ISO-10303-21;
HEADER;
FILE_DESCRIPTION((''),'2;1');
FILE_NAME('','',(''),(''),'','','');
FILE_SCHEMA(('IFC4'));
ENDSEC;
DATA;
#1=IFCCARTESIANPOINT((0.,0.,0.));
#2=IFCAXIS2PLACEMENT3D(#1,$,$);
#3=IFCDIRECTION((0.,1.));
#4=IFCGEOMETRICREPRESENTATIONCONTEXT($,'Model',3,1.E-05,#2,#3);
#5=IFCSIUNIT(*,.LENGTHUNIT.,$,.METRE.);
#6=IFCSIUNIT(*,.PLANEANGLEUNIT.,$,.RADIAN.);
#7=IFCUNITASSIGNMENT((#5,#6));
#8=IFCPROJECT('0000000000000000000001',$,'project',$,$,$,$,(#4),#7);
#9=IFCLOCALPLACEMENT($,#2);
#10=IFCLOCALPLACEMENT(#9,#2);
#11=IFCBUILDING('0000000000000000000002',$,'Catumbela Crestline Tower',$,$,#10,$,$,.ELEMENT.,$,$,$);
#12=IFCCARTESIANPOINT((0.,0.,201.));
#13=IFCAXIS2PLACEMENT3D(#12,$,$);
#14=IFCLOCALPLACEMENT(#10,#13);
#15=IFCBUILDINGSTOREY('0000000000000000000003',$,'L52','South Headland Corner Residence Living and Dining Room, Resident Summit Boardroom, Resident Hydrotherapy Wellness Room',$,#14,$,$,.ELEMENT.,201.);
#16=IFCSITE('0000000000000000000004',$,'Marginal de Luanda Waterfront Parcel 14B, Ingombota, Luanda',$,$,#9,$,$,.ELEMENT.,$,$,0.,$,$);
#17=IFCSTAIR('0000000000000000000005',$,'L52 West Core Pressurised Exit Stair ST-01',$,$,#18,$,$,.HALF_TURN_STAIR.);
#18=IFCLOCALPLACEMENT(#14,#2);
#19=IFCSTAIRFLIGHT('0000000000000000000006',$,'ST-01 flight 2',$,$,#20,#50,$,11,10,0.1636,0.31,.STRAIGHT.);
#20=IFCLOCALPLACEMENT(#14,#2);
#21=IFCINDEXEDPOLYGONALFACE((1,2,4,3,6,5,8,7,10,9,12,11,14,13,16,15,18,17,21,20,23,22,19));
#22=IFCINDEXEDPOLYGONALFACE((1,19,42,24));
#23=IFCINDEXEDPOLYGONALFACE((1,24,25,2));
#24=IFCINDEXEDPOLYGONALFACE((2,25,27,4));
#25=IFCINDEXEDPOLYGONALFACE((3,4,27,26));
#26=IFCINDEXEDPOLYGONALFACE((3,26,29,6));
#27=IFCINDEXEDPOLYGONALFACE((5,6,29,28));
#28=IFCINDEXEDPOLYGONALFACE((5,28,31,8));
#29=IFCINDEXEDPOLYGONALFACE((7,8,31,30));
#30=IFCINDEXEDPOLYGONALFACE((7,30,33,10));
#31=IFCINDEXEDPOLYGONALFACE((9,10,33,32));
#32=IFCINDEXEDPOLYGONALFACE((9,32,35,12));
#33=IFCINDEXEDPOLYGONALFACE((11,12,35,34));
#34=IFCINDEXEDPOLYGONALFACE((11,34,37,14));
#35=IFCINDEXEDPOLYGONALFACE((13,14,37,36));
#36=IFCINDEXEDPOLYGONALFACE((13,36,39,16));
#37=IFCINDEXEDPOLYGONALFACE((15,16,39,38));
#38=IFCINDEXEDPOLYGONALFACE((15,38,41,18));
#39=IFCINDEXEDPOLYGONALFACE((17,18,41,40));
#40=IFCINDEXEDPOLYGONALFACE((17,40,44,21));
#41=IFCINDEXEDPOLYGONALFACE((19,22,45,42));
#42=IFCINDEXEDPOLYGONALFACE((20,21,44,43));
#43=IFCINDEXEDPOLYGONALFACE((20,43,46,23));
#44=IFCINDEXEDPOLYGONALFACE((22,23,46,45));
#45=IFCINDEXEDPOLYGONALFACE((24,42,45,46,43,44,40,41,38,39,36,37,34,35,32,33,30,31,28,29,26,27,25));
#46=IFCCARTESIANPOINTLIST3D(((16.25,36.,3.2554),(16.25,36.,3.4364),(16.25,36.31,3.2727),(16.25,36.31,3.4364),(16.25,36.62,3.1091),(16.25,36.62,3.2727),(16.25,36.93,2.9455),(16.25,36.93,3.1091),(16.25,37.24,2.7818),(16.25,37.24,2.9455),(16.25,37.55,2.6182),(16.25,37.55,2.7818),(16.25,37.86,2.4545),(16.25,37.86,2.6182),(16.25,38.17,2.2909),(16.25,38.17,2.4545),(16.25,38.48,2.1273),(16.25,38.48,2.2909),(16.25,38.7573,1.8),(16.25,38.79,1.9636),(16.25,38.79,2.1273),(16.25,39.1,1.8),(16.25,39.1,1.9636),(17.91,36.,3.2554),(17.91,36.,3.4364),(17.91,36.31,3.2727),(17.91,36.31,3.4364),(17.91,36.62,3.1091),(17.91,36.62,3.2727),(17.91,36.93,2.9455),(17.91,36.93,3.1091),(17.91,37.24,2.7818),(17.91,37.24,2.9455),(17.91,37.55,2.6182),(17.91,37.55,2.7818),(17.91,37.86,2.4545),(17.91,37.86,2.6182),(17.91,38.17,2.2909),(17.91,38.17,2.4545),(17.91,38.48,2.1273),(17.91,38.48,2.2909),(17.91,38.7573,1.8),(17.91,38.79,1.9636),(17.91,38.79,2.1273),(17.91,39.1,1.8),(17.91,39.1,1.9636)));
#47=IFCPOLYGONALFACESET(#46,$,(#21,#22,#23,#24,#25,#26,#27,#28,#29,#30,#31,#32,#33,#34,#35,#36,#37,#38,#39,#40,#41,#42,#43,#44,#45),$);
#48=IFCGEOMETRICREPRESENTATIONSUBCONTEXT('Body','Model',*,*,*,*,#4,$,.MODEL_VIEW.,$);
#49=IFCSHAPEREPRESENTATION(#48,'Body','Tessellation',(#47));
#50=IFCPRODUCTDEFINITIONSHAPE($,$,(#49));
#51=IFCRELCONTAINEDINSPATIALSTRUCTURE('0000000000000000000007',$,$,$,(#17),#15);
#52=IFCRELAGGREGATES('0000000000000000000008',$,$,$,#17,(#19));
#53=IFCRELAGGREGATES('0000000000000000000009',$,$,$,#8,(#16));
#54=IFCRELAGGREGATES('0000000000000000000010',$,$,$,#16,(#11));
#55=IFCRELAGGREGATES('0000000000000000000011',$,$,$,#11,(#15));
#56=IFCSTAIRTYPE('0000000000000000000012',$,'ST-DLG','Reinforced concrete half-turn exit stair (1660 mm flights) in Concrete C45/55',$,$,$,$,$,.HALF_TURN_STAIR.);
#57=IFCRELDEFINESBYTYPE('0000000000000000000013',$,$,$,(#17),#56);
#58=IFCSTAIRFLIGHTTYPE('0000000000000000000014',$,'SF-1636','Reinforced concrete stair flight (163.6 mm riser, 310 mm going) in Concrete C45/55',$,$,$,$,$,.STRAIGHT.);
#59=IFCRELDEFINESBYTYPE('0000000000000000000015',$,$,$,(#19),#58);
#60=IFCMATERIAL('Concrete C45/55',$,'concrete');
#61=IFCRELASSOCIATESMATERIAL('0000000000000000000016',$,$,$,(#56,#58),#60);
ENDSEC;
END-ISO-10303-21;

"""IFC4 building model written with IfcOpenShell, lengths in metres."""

from ifc_helpers import new_model, si_unit, direction, frame, origin, place, context, subcontext, project, spatial, polyline, outline, extrude, material, type_object, element, aggregate, save


model = new_model("IFC4")

# Units and contexts
model_context = context("Model", 3, precision=1e-05, world=origin(), true_north=direction((0.0, 1.0)))
body_context = subcontext(model_context, "Body", "Model", "MODEL_VIEW")
ifc_project = project(units=[si_unit("LENGTHUNIT", "METRE"), si_unit("PLANEANGLEUNIT", "RADIAN")], contexts=[model_context])

# Site, building, storey
site_placement = place(None, origin())
site = spatial("IfcSite", under=ifc_project, at=site_placement, Name="Marginal de Luanda Waterfront Parcel 14B, Ingombota, Luanda", CompositionType="ELEMENT", RefElevation=0.0)
building_placement = place(site_placement, origin())
building = spatial("IfcBuilding", under=site, at=building_placement, Name="Catumbela Crestline Tower", CompositionType="ELEMENT")
storey_placement = place(building_placement, frame((0.0, 0.0, 201.0)))
storey = spatial("IfcBuildingStorey", under=building, at=storey_placement, Name="L52", Description="South Headland Corner Residence Living and Dining Room, Resident Summit Boardroom, Resident Hydrotherapy Wellness Room", CompositionType="ELEMENT", Elevation=201.0)

# Stair, stair flight
ifc_material_1 = material(Name="Concrete C45/55", Category="concrete")
stair_type = type_object("IfcStairType", Name="ST-DLG", Description="Reinforced concrete half-turn exit stair (1660 mm flights) in Concrete C45/55", PredefinedType="HALF_TURN_STAIR", material=ifc_material_1)
stair_placement = place(storey_placement, origin())
stair = element("IfcStair", 1, at=stair_placement, inside=storey, type_object=stair_type, Name="L52 West Core Pressurised Exit Stair ST-01", PredefinedType="HALF_TURN_STAIR")
stair_flight_type = type_object("IfcStairFlightType", Name="SF-1636", Description="Reinforced concrete stair flight (163.6 mm riser, 310 mm going) in Concrete C45/55", PredefinedType="STRAIGHT", material=ifc_material_1)
stair_flight_1_placement = place(storey_placement, frame((17.08, 39.1, 1.8), z_axis=(0.0, 0.0, 1.0), x_axis=(0.0, -1.0, 0.0)))
stair_flight_1 = element("IfcStairFlight", 2, at=stair_flight_1_placement, type_object=stair_flight_type, Name="ST-01 flight 2", NumberOfRisers=11, NumberOfTreads=10, PredefinedType="STRAIGHT", RiserHeight=0.1636, TreadLength=0.31, context=body_context, shape_type="SweptSolid", body=[
    extrude(outline(polyline([(0.0, 0.0), (0.0, 0.1636), (0.31, 0.1636), (0.31, 0.3273), (0.62, 0.3273), (0.62, 0.4909), (0.93, 0.4909), (0.93, 0.6545), (1.24, 0.6545), (1.24, 0.8182), (1.55, 0.8182), (1.55, 0.9818), (1.86, 0.9818), (1.86, 1.1455), (2.17, 1.1455), (2.17, 1.3091), (2.48, 1.3091), (2.48, 1.4727), (2.79, 1.4727), (2.79, 1.6364), (3.1, 1.6364), (3.1, 1.8), (3.1, 1.4554), (0.3427, 0.0), (0.0, 0.0)])), frame((0.0, 0.83, 0.0), z_axis=(0.0, -1.0, 0.0), x_axis=(1.0, 0.0, 0.0)), (0.0, 0.0, 1.0), 1.66),
])
aggregate(stair, [stair_flight_1])

save(model, "model.ifc")
